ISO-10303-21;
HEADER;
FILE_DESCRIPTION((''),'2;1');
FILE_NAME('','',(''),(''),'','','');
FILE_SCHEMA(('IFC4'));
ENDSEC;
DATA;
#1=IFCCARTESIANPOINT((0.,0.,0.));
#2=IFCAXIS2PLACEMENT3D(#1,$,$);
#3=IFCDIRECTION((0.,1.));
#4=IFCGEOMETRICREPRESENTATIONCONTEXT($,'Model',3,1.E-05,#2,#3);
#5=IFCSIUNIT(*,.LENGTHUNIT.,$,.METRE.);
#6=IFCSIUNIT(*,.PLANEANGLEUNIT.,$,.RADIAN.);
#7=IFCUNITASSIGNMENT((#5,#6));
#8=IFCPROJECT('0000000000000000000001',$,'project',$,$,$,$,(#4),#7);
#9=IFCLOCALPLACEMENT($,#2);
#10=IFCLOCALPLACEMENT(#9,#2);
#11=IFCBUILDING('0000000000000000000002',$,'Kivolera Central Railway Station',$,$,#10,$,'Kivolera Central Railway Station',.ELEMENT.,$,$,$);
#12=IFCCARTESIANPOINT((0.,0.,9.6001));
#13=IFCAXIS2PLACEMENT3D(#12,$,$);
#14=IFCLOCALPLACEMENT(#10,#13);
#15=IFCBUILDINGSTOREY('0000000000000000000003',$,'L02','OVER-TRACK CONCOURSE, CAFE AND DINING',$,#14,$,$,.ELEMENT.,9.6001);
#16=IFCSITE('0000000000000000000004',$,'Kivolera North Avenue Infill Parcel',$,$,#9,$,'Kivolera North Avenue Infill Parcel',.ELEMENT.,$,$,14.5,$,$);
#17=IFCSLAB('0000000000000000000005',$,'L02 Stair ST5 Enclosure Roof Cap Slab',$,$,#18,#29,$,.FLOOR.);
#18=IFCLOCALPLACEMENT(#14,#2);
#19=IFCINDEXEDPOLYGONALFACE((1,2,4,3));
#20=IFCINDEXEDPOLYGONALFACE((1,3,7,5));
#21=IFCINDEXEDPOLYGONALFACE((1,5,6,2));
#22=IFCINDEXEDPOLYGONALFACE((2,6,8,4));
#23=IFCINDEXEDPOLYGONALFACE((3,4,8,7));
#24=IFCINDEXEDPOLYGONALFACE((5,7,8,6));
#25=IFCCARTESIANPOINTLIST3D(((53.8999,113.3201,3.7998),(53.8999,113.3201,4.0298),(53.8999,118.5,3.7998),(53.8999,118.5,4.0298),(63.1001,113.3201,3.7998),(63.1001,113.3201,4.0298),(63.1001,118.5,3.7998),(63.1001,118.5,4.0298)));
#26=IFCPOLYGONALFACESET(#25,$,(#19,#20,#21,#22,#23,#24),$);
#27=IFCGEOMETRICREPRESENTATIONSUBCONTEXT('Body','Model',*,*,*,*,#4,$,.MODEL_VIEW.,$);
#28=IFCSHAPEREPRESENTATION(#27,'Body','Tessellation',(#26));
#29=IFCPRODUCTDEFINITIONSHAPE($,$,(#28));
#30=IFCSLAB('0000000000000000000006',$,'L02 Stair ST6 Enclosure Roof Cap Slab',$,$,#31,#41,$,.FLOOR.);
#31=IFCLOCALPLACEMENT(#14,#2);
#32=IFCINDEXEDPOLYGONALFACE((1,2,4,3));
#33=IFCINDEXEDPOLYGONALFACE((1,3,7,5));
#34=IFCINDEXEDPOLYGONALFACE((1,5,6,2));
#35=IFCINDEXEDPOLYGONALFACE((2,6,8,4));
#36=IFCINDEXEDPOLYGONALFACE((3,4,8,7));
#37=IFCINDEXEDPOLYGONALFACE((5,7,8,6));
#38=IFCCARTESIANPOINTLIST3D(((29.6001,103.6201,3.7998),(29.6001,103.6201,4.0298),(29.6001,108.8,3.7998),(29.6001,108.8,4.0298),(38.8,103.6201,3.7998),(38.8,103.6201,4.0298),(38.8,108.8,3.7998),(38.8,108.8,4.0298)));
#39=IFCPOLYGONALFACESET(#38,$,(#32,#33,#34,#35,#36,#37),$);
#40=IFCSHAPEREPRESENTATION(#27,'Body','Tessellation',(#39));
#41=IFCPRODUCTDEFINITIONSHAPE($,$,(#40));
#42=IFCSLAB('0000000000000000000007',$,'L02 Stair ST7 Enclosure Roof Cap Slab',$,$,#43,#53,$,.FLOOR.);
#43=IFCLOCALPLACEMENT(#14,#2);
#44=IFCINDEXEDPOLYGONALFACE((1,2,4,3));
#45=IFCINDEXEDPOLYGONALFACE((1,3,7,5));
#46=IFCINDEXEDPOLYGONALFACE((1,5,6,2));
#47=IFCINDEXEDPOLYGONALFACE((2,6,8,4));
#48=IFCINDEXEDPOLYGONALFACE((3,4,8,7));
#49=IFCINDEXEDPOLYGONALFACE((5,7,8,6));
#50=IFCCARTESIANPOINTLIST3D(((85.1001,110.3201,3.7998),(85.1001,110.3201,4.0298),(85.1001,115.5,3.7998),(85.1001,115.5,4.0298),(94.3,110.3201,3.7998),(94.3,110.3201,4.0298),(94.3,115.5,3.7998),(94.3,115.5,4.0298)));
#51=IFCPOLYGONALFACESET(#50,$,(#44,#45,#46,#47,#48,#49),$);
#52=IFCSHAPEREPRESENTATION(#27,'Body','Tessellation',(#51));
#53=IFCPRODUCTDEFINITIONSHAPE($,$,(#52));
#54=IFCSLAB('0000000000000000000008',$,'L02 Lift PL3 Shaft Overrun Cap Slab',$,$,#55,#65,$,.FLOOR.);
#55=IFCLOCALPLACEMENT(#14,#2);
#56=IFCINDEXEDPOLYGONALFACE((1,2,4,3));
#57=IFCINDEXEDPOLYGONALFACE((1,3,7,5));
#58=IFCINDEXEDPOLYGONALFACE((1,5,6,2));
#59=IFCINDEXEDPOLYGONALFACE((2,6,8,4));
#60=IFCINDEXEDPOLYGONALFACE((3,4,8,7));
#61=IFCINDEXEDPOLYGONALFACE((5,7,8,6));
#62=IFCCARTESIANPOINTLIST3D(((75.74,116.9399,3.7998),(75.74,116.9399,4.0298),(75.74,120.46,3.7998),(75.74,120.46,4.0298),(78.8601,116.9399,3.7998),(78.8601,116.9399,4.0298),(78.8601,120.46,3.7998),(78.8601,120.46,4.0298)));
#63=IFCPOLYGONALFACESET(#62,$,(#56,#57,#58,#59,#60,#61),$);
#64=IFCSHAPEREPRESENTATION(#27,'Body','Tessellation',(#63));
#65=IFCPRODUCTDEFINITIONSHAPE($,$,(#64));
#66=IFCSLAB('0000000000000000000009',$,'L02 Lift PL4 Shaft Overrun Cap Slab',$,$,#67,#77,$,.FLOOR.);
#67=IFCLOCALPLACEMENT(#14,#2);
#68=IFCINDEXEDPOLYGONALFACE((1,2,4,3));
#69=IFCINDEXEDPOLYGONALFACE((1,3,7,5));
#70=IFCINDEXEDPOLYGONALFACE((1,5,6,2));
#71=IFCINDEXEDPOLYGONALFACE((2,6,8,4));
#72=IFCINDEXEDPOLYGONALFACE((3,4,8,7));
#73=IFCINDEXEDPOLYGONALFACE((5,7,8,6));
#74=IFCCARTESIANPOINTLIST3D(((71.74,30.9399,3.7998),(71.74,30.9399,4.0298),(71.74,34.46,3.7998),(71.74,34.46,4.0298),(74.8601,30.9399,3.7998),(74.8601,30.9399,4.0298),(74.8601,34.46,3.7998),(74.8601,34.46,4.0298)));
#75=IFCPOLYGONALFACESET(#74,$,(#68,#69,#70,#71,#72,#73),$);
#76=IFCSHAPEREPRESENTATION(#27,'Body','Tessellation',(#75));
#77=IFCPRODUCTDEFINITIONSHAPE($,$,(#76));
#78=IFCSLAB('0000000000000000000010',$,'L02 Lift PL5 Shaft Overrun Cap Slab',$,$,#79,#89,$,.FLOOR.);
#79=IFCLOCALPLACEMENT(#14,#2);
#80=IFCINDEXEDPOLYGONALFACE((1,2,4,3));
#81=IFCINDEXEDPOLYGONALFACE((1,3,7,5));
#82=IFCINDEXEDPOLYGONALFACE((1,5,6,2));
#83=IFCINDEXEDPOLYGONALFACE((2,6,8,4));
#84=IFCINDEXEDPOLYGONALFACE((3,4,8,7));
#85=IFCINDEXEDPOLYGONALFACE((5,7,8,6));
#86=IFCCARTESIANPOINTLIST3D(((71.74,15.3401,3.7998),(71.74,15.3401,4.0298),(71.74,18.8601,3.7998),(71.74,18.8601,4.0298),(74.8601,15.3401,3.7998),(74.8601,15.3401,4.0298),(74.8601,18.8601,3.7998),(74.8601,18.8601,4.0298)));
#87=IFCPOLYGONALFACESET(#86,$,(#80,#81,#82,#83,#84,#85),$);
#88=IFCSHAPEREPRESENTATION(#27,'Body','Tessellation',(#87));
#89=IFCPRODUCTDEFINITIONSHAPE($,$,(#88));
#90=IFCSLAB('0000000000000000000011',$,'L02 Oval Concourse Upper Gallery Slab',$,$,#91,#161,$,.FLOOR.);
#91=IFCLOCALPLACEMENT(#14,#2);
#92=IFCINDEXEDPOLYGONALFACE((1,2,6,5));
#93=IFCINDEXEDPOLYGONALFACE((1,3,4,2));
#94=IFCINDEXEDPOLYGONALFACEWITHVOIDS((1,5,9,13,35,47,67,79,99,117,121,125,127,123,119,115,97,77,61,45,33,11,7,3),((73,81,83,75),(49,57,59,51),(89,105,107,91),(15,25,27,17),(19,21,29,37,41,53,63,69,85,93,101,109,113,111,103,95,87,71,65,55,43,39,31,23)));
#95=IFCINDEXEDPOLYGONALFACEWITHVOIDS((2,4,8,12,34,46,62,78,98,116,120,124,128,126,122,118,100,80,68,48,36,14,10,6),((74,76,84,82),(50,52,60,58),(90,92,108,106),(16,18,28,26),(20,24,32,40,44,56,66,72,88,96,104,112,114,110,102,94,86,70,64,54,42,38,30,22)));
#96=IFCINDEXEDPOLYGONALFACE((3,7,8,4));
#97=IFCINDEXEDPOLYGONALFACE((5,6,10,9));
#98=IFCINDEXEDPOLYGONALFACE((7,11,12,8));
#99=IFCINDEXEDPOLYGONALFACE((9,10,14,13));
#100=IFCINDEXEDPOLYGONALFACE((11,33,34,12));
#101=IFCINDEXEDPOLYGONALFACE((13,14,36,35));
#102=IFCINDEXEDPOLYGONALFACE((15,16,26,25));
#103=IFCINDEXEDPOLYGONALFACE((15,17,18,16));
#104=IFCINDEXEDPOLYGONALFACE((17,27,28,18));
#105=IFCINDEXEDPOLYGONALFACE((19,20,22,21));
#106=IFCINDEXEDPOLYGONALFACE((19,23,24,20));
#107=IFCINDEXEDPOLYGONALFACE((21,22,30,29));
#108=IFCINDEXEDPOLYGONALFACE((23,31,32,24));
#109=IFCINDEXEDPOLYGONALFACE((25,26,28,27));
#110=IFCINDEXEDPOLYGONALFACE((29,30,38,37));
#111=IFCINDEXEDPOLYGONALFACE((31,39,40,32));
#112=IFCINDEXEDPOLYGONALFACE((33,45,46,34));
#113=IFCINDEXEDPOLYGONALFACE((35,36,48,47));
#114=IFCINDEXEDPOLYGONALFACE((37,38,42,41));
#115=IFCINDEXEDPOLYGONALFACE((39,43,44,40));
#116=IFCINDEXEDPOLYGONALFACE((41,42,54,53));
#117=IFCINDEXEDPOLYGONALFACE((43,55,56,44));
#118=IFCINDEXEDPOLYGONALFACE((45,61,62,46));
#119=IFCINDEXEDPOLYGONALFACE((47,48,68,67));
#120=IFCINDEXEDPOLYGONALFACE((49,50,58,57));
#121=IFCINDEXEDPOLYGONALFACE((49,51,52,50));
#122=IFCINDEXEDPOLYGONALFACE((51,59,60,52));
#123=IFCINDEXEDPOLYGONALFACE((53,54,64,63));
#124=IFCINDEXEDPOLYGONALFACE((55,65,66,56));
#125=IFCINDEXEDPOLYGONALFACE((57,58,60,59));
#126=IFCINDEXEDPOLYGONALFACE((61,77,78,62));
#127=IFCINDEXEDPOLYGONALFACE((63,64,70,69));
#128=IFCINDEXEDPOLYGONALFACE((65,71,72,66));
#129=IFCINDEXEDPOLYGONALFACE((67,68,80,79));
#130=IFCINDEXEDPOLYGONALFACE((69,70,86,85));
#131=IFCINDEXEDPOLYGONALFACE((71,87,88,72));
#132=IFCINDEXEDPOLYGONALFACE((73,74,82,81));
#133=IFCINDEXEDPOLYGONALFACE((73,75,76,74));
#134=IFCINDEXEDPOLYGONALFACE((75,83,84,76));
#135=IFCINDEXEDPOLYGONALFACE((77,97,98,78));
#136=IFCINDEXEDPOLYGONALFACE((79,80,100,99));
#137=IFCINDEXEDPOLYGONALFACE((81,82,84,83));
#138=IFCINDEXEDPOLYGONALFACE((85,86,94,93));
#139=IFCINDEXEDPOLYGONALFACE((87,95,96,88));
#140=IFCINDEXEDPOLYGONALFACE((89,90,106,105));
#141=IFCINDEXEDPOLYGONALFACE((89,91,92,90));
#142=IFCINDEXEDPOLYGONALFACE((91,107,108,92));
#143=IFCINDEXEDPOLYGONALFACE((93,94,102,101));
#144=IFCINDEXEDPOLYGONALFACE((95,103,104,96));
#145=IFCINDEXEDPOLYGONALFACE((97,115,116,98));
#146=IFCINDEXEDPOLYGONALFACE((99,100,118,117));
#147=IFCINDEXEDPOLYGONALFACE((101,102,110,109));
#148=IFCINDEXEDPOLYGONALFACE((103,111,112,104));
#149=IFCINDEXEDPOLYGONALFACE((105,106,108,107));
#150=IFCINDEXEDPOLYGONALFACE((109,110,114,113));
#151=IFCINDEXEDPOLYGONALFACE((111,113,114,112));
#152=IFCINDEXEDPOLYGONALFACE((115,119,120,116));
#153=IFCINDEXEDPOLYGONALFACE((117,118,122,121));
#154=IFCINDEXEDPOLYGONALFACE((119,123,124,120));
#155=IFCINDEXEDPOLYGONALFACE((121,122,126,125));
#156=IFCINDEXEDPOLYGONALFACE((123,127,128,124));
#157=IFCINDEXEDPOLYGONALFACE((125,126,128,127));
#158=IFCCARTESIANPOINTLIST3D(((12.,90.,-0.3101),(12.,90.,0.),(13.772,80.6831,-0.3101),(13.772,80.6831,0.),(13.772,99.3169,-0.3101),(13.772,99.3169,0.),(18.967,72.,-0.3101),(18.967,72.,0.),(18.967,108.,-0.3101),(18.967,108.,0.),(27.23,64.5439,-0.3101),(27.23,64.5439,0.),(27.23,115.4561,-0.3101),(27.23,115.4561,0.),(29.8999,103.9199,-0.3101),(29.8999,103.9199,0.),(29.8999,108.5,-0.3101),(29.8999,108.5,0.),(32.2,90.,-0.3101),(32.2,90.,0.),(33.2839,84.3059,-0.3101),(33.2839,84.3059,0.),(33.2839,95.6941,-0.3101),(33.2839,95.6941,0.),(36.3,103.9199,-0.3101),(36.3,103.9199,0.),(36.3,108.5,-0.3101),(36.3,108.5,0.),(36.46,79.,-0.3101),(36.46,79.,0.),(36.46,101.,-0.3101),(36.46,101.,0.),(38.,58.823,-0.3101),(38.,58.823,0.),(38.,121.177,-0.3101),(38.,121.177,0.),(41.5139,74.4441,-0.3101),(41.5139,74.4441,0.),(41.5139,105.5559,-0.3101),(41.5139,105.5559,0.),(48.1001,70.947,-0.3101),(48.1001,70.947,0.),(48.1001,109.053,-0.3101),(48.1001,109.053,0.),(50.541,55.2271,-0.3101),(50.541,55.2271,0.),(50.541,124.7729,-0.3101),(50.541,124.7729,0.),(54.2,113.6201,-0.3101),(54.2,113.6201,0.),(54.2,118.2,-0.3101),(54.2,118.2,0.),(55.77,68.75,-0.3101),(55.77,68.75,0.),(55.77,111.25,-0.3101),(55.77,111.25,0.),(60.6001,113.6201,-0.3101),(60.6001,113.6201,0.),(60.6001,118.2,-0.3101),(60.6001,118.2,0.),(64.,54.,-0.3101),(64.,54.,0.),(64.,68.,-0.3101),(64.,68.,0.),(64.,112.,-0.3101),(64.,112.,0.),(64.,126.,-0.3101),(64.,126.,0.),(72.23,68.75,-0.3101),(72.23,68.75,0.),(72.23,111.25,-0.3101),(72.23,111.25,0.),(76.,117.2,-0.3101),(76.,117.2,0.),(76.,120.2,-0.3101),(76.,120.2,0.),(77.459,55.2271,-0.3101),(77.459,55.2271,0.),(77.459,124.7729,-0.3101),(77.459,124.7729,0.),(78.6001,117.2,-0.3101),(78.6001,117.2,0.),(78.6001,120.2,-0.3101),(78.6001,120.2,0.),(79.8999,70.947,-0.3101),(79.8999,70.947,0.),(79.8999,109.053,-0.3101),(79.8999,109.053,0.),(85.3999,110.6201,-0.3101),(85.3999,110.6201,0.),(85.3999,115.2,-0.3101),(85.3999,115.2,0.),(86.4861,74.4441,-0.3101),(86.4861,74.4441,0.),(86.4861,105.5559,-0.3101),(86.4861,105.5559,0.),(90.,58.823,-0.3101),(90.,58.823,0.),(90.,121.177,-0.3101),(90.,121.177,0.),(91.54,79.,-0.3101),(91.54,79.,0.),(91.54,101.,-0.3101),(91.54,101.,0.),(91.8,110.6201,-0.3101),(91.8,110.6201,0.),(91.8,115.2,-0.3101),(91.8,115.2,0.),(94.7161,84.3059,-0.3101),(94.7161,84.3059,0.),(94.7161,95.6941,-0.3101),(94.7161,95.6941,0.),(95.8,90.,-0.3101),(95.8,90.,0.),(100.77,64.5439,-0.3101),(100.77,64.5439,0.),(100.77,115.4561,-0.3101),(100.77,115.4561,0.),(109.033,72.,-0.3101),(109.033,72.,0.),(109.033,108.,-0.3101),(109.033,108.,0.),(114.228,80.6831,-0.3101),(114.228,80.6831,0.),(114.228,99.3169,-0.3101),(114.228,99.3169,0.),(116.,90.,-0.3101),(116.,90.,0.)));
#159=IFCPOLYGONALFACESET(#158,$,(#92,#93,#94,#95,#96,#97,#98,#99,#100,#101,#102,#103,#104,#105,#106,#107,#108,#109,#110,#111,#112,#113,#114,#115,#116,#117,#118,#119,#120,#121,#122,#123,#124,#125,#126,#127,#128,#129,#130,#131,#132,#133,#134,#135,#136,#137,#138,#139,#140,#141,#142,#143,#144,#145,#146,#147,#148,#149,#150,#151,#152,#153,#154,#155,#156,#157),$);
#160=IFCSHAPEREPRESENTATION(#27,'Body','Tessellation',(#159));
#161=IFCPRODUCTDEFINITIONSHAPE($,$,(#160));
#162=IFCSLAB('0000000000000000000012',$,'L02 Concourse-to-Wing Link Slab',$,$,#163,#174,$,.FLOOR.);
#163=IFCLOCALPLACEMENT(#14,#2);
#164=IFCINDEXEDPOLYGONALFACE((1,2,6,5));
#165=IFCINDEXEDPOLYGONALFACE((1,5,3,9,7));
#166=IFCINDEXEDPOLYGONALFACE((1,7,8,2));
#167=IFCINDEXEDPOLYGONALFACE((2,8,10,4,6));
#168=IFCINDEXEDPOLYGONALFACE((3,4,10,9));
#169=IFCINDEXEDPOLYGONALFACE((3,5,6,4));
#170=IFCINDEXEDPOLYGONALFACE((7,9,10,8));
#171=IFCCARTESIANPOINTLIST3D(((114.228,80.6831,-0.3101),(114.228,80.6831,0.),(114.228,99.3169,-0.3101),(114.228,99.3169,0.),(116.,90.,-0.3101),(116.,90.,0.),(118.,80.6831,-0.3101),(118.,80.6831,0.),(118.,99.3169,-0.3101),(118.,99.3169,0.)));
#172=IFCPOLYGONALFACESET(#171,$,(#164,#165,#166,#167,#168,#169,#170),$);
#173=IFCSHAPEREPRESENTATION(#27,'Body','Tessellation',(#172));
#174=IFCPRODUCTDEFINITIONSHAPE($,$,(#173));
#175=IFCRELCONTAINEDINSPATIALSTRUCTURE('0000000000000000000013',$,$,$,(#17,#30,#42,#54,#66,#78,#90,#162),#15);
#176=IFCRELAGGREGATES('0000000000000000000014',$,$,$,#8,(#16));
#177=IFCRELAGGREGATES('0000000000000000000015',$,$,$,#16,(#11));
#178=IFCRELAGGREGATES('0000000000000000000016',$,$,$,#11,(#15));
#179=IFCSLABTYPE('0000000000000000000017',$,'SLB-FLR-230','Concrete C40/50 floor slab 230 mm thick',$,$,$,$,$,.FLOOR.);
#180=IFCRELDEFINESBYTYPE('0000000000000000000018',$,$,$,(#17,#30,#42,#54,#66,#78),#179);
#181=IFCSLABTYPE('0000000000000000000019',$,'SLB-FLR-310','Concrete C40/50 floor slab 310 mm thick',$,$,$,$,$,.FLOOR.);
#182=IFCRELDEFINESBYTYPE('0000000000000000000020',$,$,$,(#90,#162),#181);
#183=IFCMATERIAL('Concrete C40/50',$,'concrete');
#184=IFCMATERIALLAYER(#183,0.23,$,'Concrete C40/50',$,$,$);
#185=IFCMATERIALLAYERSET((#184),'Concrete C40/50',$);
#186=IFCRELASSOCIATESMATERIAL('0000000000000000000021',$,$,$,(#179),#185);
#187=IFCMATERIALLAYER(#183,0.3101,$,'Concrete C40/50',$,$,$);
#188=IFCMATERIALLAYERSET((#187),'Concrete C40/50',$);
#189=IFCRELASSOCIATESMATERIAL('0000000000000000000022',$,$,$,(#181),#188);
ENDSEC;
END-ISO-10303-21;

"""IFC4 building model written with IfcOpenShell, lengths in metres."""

from ifc_helpers import new_model, si_unit, direction, frame, origin, place, context, subcontext, project, spatial, polyline, outline, extrude, material, layer, layer_set, type_object, element, save


model = new_model("IFC4")

# Units and contexts
model_context = context("Model", 3, precision=1e-05, world=origin(), true_north=direction((0.0, 1.0)))
body_context = subcontext(model_context, "Body", "Model", "MODEL_VIEW")
ifc_project = project(units=[si_unit("LENGTHUNIT", "METRE"), si_unit("PLANEANGLEUNIT", "RADIAN")], contexts=[model_context])

# Site, building, storey
site_placement = place(None, origin())
site = spatial("IfcSite", under=ifc_project, at=site_placement, Name="Kivolera North Avenue Infill Parcel", LongName="Kivolera North Avenue Infill Parcel", CompositionType="ELEMENT", RefElevation=14.5)
building_placement = place(site_placement, origin())
building = spatial("IfcBuilding", under=site, at=building_placement, Name="Kivolera Central Railway Station", LongName="Kivolera Central Railway Station", CompositionType="ELEMENT")
storey_placement = place(building_placement, frame((0.0, 0.0, 9.6001)))
storey = spatial("IfcBuildingStorey", under=building, at=storey_placement, Name="L02", Description="OVER-TRACK CONCOURSE, CAFE AND DINING", CompositionType="ELEMENT", Elevation=9.6001)

# Slabs
ifc_material_1 = material(Name="Concrete C40/50", Category="concrete")
ifc_layer_1 = layer(ifc_material_1, 0.23, Name="Concrete C40/50")
ifc_layer_set_1 = layer_set([ifc_layer_1], Name="Concrete C40/50")
slab_type_1 = type_object("IfcSlabType", Name="SLB-FLR-230", Description="Concrete C40/50 floor slab 230 mm thick", PredefinedType="FLOOR", material=ifc_layer_set_1)
slab_1_placement = place(storey_placement, frame((0.0, 0.0, 3.7998)))
element("IfcSlab", 1, at=slab_1_placement, inside=storey, type_object=slab_type_1, Name="L02 Stair ST5 Enclosure Roof Cap Slab", PredefinedType="FLOOR", context=body_context, shape_type="SweptSolid", body=[
    extrude(outline(polyline([(63.1001, 118.5), (53.8999, 118.5), (53.8999, 113.3201), (63.1001, 113.3201), (63.1001, 118.5)])), origin(), (0.0, 0.0, 1.0), 0.23),
])
slab_2_placement = place(storey_placement, frame((0.0, 0.0, 3.7998)))
element("IfcSlab", 2, at=slab_2_placement, inside=storey, type_object=slab_type_1, Name="L02 Stair ST6 Enclosure Roof Cap Slab", PredefinedType="FLOOR", context=body_context, shape_type="SweptSolid", body=[
    extrude(outline(polyline([(38.8, 108.8), (29.6001, 108.8), (29.6001, 103.6201), (38.8, 103.6201), (38.8, 108.8)])), origin(), (0.0, 0.0, 1.0), 0.23),
])
slab_3_placement = place(storey_placement, frame((0.0, 0.0, 3.7998)))
element("IfcSlab", 3, at=slab_3_placement, inside=storey, type_object=slab_type_1, Name="L02 Stair ST7 Enclosure Roof Cap Slab", PredefinedType="FLOOR", context=body_context, shape_type="SweptSolid", body=[
    extrude(outline(polyline([(94.3, 115.5), (85.1001, 115.5), (85.1001, 110.3201), (94.3, 110.3201), (94.3, 115.5)])), origin(), (0.0, 0.0, 1.0), 0.23),
])
slab_4_placement = place(storey_placement, frame((0.0, 0.0, 3.7998)))
element("IfcSlab", 4, at=slab_4_placement, inside=storey, type_object=slab_type_1, Name="L02 Lift PL3 Shaft Overrun Cap Slab", PredefinedType="FLOOR", context=body_context, shape_type="SweptSolid", body=[
    extrude(outline(polyline([(75.74, 116.9399), (78.8601, 116.9399), (78.8601, 120.46), (75.74, 120.46), (75.74, 116.9399)])), origin(), (0.0, 0.0, 1.0), 0.23),
])
slab_5_placement = place(storey_placement, frame((0.0, 0.0, 3.7998)))
element("IfcSlab", 5, at=slab_5_placement, inside=storey, type_object=slab_type_1, Name="L02 Lift PL4 Shaft Overrun Cap Slab", PredefinedType="FLOOR", context=body_context, shape_type="SweptSolid", body=[
    extrude(outline(polyline([(71.74, 30.9399), (74.8601, 30.9399), (74.8601, 34.46), (71.74, 34.46), (71.74, 30.9399)])), origin(), (0.0, 0.0, 1.0), 0.23),
])
slab_6_placement = place(storey_placement, frame((0.0, 0.0, 3.7998)))
element("IfcSlab", 6, at=slab_6_placement, inside=storey, type_object=slab_type_1, Name="L02 Lift PL5 Shaft Overrun Cap Slab", PredefinedType="FLOOR", context=body_context, shape_type="SweptSolid", body=[
    extrude(outline(polyline([(71.74, 15.3401), (74.8601, 15.3401), (74.8601, 18.8601), (71.74, 18.8601), (71.74, 15.3401)])), origin(), (0.0, 0.0, 1.0), 0.23),
])
ifc_layer_2 = layer(ifc_material_1, 0.3101, Name="Concrete C40/50")
ifc_layer_set_2 = layer_set([ifc_layer_2], Name="Concrete C40/50")
slab_type_2 = type_object("IfcSlabType", Name="SLB-FLR-310", Description="Concrete C40/50 floor slab 310 mm thick", PredefinedType="FLOOR", material=ifc_layer_set_2)
slab_7_placement = place(storey_placement, frame((0.0, 0.0, -0.3101)))
element("IfcSlab", 7, at=slab_7_placement, inside=storey, type_object=slab_type_2, Name="L02 Oval Concourse Upper Gallery Slab", PredefinedType="FLOOR", context=body_context, shape_type="SweptSolid", body=[
    extrude(outline(polyline([(116.0, 90.0), (114.228, 99.3169), (109.033, 108.0), (100.77, 115.4561), (90.0, 121.177), (77.459, 124.7729), (64.0, 126.0), (50.541, 124.7729), (38.0, 121.177), (27.23, 115.4561), (18.967, 108.0), (13.772, 99.3169), (12.0, 90.0), (13.772, 80.6831), (18.967, 72.0), (27.23, 64.5439), (38.0, 58.823), (50.541, 55.2271), (64.0, 54.0), (77.459, 55.2271), (90.0, 58.823), (100.77, 64.5439), (109.033, 72.0), (114.228, 80.6831), (116.0, 90.0)]), holes=[polyline([(95.8, 90.0), (94.7161, 95.6941), (91.54, 101.0), (86.4861, 105.5559), (79.8999, 109.053), (72.23, 111.25), (64.0, 112.0), (55.77, 111.25), (48.1001, 109.053), (41.5139, 105.5559), (36.46, 101.0), (33.2839, 95.6941), (32.2, 90.0), (33.2839, 84.3059), (36.46, 79.0), (41.5139, 74.4441), (48.1001, 70.947), (55.77, 68.75), (64.0, 68.0), (72.23, 68.75), (79.8999, 70.947), (86.4861, 74.4441), (91.54, 79.0), (94.7161, 84.3059), (95.8, 90.0)]), polyline([(60.6001, 118.2), (54.2, 118.2), (54.2, 113.6201), (60.6001, 113.6201), (60.6001, 118.2)]), polyline([(36.3, 108.5), (29.8999, 108.5), (29.8999, 103.9199), (36.3, 103.9199), (36.3, 108.5)]), polyline([(91.8, 115.2), (85.3999, 115.2), (85.3999, 110.6201), (91.8, 110.6201), (91.8, 115.2)]), polyline([(76.0, 117.2), (78.6001, 117.2), (78.6001, 120.2), (76.0, 120.2), (76.0, 117.2)])]), origin(), (0.0, 0.0, 1.0), 0.3101),
])
slab_8_placement = place(storey_placement, frame((0.0, 0.0, -0.3101)))
element("IfcSlab", 8, at=slab_8_placement, inside=storey, type_object=slab_type_2, Name="L02 Concourse-to-Wing Link Slab", PredefinedType="FLOOR", context=body_context, shape_type="SweptSolid", body=[
    extrude(outline(polyline([(114.228, 80.6831), (118.0, 80.6831), (118.0, 99.3169), (114.228, 99.3169), (116.0, 90.0), (114.228, 80.6831)])), origin(), (0.0, 0.0, 1.0), 0.3101),
])

save(model, "model.ifc")
